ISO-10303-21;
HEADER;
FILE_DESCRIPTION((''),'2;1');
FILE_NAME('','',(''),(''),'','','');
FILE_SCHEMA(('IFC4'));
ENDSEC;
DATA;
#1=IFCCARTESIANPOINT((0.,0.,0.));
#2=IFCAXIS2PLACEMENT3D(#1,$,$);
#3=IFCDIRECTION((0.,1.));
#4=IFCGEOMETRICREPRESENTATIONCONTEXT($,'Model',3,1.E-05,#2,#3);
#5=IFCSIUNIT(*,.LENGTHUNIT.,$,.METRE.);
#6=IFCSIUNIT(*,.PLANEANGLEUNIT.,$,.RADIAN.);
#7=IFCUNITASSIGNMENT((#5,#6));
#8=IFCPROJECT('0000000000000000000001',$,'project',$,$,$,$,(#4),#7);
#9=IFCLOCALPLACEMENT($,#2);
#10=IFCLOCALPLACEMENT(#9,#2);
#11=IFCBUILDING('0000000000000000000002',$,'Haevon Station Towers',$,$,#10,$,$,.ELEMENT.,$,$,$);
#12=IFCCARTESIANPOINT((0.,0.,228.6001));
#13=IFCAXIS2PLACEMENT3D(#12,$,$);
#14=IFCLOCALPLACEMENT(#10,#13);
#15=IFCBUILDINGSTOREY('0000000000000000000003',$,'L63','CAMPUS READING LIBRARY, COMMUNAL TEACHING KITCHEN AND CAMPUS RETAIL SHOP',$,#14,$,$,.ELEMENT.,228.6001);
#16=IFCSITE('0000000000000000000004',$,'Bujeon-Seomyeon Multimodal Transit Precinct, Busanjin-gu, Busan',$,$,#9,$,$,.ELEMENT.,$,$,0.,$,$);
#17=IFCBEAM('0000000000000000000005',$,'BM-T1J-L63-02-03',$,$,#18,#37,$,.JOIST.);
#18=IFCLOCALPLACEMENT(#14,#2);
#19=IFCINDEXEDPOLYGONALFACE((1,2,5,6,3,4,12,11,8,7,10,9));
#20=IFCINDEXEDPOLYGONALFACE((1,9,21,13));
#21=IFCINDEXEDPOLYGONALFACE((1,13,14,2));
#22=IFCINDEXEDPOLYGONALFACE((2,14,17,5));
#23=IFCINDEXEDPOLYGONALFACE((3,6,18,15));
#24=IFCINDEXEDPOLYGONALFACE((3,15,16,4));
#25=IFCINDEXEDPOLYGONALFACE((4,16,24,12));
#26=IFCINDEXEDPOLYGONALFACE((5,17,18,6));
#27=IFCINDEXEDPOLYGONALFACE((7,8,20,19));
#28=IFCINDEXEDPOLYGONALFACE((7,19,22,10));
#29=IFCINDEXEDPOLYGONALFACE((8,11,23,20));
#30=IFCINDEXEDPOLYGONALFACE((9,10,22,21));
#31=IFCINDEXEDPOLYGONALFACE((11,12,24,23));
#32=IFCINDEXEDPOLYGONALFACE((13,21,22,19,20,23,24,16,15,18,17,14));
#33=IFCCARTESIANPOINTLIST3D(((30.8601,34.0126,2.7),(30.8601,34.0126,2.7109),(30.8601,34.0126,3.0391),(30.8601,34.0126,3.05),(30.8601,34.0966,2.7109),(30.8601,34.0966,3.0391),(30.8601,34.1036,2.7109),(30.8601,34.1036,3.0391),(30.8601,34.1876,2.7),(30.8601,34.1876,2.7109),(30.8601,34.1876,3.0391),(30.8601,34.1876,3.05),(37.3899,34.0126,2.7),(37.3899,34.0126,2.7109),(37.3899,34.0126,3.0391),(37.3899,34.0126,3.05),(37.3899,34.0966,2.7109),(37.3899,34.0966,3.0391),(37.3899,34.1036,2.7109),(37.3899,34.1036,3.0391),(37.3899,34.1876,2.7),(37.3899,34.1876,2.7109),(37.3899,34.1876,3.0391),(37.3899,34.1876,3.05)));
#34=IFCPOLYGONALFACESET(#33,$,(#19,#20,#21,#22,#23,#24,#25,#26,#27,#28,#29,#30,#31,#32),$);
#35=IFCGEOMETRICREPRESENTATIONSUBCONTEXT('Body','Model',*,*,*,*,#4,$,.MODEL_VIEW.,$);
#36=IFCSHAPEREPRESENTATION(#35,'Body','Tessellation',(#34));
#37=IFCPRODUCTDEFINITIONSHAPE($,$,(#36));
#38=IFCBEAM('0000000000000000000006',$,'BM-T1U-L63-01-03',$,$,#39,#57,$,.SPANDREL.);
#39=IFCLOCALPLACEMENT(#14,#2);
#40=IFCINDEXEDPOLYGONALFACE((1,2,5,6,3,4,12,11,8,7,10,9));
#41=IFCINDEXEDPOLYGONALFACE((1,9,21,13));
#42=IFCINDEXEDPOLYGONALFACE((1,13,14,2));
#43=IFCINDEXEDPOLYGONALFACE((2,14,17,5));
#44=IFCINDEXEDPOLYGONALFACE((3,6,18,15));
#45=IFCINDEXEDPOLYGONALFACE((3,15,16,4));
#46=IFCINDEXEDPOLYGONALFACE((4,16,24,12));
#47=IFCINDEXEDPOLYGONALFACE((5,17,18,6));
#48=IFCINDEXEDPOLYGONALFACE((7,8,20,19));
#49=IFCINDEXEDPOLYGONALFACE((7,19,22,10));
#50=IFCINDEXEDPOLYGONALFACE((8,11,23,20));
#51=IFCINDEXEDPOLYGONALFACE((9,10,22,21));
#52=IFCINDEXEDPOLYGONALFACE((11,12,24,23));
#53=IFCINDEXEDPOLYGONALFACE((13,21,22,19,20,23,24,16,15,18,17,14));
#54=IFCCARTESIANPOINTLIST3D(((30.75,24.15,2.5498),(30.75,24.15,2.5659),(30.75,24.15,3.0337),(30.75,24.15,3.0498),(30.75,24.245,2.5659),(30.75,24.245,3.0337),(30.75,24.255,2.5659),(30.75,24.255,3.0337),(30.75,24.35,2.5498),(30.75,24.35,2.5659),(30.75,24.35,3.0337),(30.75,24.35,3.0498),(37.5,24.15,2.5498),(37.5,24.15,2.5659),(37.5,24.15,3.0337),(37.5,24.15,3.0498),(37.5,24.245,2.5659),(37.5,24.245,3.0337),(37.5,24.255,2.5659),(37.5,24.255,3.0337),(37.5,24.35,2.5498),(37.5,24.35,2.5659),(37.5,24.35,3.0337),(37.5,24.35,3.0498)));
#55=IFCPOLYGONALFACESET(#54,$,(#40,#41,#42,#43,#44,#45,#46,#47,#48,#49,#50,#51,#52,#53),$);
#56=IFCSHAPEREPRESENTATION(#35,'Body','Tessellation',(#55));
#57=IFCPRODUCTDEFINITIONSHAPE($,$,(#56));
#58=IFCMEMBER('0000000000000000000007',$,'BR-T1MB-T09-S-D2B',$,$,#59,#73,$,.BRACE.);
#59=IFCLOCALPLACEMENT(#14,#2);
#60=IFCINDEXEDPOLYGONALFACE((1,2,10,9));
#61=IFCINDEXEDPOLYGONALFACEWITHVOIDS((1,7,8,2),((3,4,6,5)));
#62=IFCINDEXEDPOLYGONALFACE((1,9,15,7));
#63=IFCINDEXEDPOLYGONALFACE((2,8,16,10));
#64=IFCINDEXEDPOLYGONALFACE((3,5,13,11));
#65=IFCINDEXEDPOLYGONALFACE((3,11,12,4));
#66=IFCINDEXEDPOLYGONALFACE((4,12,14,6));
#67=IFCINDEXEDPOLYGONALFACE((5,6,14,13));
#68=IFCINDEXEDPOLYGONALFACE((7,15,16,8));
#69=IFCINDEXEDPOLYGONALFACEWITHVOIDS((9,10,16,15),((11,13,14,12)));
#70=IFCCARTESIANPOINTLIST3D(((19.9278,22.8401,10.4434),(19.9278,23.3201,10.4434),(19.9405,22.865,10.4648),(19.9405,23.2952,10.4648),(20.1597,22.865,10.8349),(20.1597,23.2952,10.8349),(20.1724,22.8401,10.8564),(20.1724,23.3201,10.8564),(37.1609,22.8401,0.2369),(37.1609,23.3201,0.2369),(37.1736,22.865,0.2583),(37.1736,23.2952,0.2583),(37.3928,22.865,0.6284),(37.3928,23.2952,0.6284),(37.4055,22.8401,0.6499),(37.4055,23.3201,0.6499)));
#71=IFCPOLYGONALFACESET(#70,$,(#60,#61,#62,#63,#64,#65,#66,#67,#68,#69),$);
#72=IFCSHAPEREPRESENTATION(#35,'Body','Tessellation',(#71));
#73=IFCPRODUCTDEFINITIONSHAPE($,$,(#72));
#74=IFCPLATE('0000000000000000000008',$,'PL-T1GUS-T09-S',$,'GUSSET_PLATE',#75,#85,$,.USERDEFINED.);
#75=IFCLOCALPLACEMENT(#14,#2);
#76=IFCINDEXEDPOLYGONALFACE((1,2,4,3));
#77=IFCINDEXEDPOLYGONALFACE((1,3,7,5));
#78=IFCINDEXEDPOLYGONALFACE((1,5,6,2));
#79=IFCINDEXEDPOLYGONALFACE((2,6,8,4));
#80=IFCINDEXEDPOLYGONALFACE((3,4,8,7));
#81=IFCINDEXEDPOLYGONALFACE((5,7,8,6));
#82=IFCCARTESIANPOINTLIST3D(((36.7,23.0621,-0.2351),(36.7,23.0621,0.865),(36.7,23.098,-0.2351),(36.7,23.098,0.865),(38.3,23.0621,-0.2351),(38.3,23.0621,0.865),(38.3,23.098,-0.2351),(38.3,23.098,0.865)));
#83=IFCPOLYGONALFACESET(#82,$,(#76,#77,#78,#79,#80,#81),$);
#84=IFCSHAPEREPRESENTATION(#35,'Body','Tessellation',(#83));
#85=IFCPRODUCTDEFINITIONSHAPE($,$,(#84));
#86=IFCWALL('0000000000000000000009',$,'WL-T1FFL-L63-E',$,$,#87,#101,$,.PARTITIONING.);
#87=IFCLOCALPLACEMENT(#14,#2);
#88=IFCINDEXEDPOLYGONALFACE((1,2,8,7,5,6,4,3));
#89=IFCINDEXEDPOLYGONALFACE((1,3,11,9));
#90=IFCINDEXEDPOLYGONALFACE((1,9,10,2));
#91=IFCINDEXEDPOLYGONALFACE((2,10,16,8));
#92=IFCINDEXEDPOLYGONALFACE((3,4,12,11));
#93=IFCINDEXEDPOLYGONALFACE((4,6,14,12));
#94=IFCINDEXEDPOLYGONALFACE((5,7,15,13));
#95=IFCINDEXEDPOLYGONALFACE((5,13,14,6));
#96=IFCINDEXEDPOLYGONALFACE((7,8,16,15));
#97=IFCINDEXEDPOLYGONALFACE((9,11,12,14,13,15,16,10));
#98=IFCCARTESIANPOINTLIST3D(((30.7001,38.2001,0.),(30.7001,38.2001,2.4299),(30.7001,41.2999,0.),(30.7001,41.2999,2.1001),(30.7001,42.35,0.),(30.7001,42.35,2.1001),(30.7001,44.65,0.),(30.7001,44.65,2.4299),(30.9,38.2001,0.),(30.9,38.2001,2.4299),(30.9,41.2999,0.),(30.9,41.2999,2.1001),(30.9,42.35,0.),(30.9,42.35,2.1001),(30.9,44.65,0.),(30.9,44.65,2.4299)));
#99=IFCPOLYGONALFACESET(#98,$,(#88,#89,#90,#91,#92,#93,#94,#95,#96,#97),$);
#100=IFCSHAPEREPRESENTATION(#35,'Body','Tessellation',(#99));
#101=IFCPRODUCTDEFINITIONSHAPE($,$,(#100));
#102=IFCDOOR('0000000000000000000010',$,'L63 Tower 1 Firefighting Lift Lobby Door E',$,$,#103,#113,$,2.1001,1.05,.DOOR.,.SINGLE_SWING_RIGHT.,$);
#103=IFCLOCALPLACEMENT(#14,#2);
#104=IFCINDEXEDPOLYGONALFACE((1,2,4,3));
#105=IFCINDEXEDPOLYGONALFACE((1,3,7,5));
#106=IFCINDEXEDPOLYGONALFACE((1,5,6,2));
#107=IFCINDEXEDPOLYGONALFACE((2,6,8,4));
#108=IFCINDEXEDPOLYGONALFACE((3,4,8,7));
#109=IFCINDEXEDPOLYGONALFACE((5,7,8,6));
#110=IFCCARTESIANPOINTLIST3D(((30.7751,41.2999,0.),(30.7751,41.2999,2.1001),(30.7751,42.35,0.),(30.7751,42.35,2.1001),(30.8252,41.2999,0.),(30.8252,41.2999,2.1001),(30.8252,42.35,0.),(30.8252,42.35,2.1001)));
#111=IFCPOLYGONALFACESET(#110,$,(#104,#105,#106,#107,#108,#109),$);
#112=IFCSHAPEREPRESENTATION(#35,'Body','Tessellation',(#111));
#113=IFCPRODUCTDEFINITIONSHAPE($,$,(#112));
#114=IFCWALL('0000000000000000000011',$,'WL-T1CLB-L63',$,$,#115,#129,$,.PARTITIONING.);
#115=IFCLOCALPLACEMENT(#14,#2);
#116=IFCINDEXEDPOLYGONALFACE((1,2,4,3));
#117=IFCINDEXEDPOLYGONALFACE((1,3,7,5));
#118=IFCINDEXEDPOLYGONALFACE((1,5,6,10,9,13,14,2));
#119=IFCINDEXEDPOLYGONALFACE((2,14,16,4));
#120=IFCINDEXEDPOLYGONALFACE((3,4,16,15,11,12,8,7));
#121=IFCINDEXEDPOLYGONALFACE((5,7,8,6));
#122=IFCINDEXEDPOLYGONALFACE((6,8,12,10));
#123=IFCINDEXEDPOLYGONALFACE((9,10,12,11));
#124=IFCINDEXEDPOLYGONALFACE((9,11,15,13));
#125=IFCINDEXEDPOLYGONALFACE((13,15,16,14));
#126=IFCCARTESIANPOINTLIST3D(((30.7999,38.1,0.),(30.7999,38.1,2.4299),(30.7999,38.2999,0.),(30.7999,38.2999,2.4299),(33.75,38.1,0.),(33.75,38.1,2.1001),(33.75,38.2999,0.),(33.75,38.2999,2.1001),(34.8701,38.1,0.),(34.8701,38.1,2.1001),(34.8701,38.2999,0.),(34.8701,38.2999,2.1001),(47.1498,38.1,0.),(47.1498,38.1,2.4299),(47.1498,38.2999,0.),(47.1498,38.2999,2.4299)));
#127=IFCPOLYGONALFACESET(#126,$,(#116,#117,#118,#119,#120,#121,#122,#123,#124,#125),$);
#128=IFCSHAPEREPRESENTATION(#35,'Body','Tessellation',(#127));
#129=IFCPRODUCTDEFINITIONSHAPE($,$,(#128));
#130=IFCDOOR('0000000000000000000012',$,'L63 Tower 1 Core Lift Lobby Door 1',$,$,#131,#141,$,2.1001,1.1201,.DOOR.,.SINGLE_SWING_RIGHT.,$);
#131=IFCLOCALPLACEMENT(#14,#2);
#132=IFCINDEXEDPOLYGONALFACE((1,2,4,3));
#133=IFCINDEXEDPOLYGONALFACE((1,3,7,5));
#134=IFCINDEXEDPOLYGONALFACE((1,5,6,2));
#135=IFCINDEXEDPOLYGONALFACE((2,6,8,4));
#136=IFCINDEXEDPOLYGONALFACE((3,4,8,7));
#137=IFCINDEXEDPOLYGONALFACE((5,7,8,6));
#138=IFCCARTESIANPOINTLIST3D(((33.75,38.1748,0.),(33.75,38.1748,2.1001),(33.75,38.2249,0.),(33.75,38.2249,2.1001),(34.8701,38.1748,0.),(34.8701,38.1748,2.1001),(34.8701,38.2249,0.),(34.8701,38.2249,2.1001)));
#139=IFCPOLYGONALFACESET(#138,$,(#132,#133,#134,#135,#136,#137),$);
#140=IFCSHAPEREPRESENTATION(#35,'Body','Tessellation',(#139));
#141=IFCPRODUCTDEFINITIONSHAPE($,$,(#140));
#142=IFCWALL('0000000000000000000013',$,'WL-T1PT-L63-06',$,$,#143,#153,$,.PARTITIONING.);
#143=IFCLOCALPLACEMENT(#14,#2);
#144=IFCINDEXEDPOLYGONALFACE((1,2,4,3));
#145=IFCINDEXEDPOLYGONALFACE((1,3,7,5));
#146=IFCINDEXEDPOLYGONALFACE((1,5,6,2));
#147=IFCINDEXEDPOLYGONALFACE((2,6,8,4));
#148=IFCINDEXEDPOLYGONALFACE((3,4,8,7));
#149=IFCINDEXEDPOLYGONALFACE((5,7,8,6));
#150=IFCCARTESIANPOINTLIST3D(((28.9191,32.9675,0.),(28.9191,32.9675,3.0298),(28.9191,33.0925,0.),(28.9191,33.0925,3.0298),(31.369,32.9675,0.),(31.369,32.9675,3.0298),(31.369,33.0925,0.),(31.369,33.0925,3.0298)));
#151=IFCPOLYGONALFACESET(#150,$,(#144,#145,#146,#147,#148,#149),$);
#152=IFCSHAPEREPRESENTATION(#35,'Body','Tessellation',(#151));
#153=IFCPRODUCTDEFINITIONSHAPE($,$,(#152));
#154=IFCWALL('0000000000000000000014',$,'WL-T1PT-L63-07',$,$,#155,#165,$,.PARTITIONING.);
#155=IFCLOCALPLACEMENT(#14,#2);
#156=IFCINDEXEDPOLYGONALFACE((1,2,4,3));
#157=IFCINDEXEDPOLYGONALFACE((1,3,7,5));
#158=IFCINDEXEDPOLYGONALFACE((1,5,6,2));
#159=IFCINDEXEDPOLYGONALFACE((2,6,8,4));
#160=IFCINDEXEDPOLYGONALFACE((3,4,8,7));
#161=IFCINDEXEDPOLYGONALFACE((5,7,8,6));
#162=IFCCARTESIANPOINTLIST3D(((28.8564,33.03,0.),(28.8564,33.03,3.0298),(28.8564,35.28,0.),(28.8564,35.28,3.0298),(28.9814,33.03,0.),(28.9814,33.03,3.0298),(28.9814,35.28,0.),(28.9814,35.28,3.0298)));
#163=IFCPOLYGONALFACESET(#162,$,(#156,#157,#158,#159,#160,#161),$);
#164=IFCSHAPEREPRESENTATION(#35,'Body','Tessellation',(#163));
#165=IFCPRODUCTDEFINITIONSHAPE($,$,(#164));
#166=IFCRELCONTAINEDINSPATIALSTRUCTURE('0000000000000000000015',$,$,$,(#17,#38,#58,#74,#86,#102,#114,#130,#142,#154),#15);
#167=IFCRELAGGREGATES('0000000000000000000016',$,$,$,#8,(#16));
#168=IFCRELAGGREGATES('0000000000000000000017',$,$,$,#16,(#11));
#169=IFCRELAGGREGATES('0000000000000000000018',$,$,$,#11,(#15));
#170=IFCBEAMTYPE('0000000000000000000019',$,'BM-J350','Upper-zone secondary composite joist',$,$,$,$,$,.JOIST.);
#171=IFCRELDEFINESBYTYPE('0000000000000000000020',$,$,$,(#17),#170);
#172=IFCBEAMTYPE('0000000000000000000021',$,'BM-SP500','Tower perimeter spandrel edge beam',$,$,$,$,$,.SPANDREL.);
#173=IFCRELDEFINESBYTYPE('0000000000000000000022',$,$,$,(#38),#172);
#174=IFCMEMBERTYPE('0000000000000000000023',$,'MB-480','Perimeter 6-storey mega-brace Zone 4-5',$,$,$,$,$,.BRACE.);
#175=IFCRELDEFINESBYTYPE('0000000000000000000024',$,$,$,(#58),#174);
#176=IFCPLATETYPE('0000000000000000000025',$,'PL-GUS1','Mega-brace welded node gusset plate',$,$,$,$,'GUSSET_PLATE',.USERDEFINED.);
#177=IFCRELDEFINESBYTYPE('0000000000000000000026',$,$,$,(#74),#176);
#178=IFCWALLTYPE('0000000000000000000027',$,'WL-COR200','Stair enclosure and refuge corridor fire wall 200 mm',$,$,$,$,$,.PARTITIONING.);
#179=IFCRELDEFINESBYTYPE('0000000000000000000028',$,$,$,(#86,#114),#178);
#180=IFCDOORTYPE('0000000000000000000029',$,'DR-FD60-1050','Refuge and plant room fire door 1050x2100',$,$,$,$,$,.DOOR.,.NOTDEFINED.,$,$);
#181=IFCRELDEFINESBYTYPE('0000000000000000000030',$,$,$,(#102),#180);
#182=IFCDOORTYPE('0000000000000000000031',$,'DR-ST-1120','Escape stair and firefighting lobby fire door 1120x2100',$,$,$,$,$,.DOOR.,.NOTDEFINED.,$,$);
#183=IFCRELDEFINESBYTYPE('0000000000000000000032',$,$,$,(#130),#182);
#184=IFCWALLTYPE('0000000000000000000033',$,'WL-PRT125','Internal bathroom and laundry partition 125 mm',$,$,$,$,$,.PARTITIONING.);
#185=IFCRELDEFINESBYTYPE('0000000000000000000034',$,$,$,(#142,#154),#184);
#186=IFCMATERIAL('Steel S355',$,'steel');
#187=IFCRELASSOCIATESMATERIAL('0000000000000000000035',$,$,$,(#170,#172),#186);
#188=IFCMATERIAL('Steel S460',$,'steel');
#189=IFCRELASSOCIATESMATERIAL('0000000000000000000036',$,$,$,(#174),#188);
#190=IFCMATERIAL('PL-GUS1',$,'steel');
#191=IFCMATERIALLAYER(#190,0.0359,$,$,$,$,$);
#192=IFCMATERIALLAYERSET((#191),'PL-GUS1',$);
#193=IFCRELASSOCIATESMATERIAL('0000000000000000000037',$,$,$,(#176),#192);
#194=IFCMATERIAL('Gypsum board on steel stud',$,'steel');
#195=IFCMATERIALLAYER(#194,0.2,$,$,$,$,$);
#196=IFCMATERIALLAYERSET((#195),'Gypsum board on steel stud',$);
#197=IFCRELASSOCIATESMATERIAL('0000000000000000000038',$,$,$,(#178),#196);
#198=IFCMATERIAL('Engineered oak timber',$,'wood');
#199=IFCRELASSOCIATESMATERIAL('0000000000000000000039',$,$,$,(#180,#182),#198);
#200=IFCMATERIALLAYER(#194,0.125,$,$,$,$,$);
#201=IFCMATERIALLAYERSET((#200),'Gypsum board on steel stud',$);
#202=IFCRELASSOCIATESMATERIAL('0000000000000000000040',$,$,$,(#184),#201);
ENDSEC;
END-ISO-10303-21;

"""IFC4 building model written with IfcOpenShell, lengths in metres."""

from ifc_helpers import new_model, si_unit, direction, frame, frame_2d, origin, origin_2d, place, context, subcontext, project, spatial, rectangle, hollow_rectangle, i_section, extrude, material, layer, layer_set, material_profile, profile_set, type_object, element, fill, save


model = new_model("IFC4")

# Units and contexts
model_context = context("Model", 3, precision=1e-05, world=origin(), true_north=direction((0.0, 1.0)))
body_context = subcontext(model_context, "Body", "Model", "MODEL_VIEW")
ifc_project = project(units=[si_unit("LENGTHUNIT", "METRE"), si_unit("PLANEANGLEUNIT", "RADIAN")], contexts=[model_context])

# Site, building, storey
site_placement = place(None, origin())
site = spatial("IfcSite", under=ifc_project, at=site_placement, Name="Bujeon-Seomyeon Multimodal Transit Precinct, Busanjin-gu, Busan", CompositionType="ELEMENT", RefElevation=0.0)
building_placement = place(site_placement, origin())
building = spatial("IfcBuilding", under=site, at=building_placement, Name="Haevon Station Towers", CompositionType="ELEMENT")
storey_placement = place(building_placement, frame((0.0, 0.0, 228.6001)))
storey = spatial("IfcBuildingStorey", under=building, at=storey_placement, Name="L63", Description="CAMPUS READING LIBRARY, COMMUNAL TEACHING KITCHEN AND CAMPUS RETAIL SHOP", CompositionType="ELEMENT", Elevation=228.6001)

# Shared definitions
ifc_material_1 = material(Name="Steel S355", Category="steel")

# Beams
ifc_material_profile_1 = material_profile(ifc_material_1, i_section(OverallWidth=0.175, OverallDepth=0.3501, WebThickness=0.0071, FlangeThickness=0.011, at=origin_2d()), Name="H-350x175x7x11")
ifc_profile_set_1 = profile_set([ifc_material_profile_1], Name="Steel S355")
beam_type_1 = type_object("IfcBeamType", Name="BM-J350", Description="Upper-zone secondary composite joist", PredefinedType="JOIST", material=ifc_profile_set_1)
for number, where, z_axis, x_axis, name in (
    (1, (30.8601, 34.1001, 2.875), (1.0, 0.0, 0.0), (0.0, 1.0, 0.0), "BM-T1J-L63-02-03"),
):
    element("IfcBeam", number, at=place(storey_placement, frame(where, z_axis=z_axis, x_axis=x_axis)), inside=storey, type_object=beam_type_1, Name=name, PredefinedType="JOIST", context=body_context, shape_type="SweptSolid", body=[
        extrude(i_section(OverallWidth=0.175, OverallDepth=0.3501, WebThickness=0.0071, FlangeThickness=0.011, at=origin_2d()), origin(), (0.0, 0.0, 1.0), 6.5298),
    ])
ifc_material_profile_2 = material_profile(ifc_material_1, i_section(OverallWidth=0.2, OverallDepth=0.5, WebThickness=0.01, FlangeThickness=0.0161, at=origin_2d()), Name="H-500x200x10x16")
ifc_profile_set_2 = profile_set([ifc_material_profile_2], Name="Steel S355")
beam_type_2 = type_object("IfcBeamType", Name="BM-SP500", Description="Tower perimeter spandrel edge beam", PredefinedType="SPANDREL", material=ifc_profile_set_2)
beam_1_placement = place(storey_placement, frame((30.75, 24.25, 2.7998), z_axis=(1.0, 0.0, 0.0), x_axis=(0.0, 1.0, 0.0)))
element("IfcBeam", 2, at=beam_1_placement, inside=storey, type_object=beam_type_2, Name="BM-T1U-L63-01-03", PredefinedType="SPANDREL", context=body_context, shape_type="SweptSolid", body=[
    extrude(i_section(OverallWidth=0.2, OverallDepth=0.5, WebThickness=0.01, FlangeThickness=0.0161, at=origin_2d()), origin(), (0.0, 0.0, 1.0), 6.75),
])

# Member
ifc_material_2 = material(Name="Steel S460", Category="steel")
ifc_material_profile_3 = material_profile(ifc_material_2, hollow_rectangle(XDim=0.48, YDim=0.48, WallThickness=0.0249, at=origin_2d()), Name="RHS-480x480x25")
ifc_profile_set_3 = profile_set([ifc_material_profile_3], Name="Steel S460")
member_type = type_object("IfcMemberType", Name="MB-480", Description="Perimeter 6-storey mega-brace Zone 4-5", PredefinedType="BRACE", material=ifc_profile_set_3)
member_placement = place(storey_placement, frame((37.2832, 23.0801, 0.4434), z_axis=(-0.860416, 0.0, 0.509592), x_axis=(0.0, -1.0, 0.0)))
element("IfcMember", 3, at=member_placement, inside=storey, type_object=member_type, Name="BR-T1MB-T09-S-D2B", PredefinedType="BRACE", context=body_context, shape_type="SweptSolid", body=[
    extrude(hollow_rectangle(XDim=0.48, YDim=0.48, WallThickness=0.0249, at=origin_2d()), origin(), (0.0, 0.0, 1.0), 20.0288),
])

# Plate
ifc_material_3 = material(Name="PL-GUS1", Category="steel")
ifc_layer_1 = layer(ifc_material_3, 0.0359)
ifc_layer_set_1 = layer_set([ifc_layer_1], Name="PL-GUS1")
plate_type = type_object("IfcPlateType", Name="PL-GUS1", Description="Mega-brace welded node gusset plate", ElementType="GUSSET_PLATE", PredefinedType="USERDEFINED", material=ifc_layer_set_1)
plate_placement = place(storey_placement, frame((37.5, 23.0801, -0.2351), z_axis=(0.0, 0.0, 1.0), x_axis=(1.0, 0.0, 0.0)))
element("IfcPlate", 4, at=plate_placement, inside=storey, type_object=plate_type, Name="PL-T1GUS-T09-S", ObjectType="GUSSET_PLATE", PredefinedType="USERDEFINED", context=body_context, shape_type="SweptSolid", body=[
    extrude(rectangle(XDim=1.6001, YDim=0.0359, at=origin_2d()), origin(), (0.0, 0.0, 1.0), 1.1001),
])

# Walls, openings, doors
ifc_material_4 = material(Name="Gypsum board on steel stud", Category="steel")
ifc_layer_2 = layer(ifc_material_4, 0.2)
ifc_layer_set_2 = layer_set([ifc_layer_2], Name="Gypsum board on steel stud")
wall_type_1 = type_object("IfcWallType", Name="WL-COR200", Description="Stair enclosure and refuge corridor fire wall 200 mm", PredefinedType="PARTITIONING", material=ifc_layer_set_2)
wall_1_placement = place(storey_placement, frame((30.8, 38.2, 0.0), z_axis=(0.0, 0.0, 1.0), x_axis=(0.0, 1.0, 0.0)))
wall_1 = element("IfcWall", 5, at=wall_1_placement, inside=storey, type_object=wall_type_1, Name="WL-T1FFL-L63-E", PredefinedType="PARTITIONING", context=body_context, shape_type="SweptSolid", body=[
    extrude(rectangle(XDim=6.45, YDim=0.2, at=frame_2d((3.2251, 0.0))), origin(), (0.0, 0.0, 1.0), 2.4299),
])
opening_1_placement = place(wall_1_placement, frame((3.1001, 0.0, 0.0)))
opening_1 = element("IfcOpeningElement", 6, at=opening_1_placement, cuts=wall_1, PredefinedType="OPENING", context=body_context, shape_type="SweptSolid", body=[
    extrude(rectangle(XDim=1.05, YDim=2.1001, at=frame_2d((0.5249, 1.05))), frame((0.0, 0.1099, 0.0), z_axis=(0.0, -1.0, 0.0), x_axis=(1.0, 0.0, 0.0)), (0.0, 0.0, 1.0), 0.22),
])
ifc_material_5 = material(Name="Engineered oak timber", Category="wood")
door_type_1 = type_object("IfcDoorType", Name="DR-FD60-1050", Description="Refuge and plant room fire door 1050x2100", OperationType="NOTDEFINED", PredefinedType="DOOR", material=ifc_material_5)
door_1_placement = place(opening_1_placement, origin())
door_1 = element("IfcDoor", 7, at=door_1_placement, inside=storey, type_object=door_type_1, Name="L63 Tower 1 Firefighting Lift Lobby Door E", OperationType="SINGLE_SWING_RIGHT", OverallHeight=2.1001, OverallWidth=1.05, PredefinedType="DOOR", context=body_context, shape_type="SweptSolid", body=[
    extrude(rectangle(XDim=1.05, YDim=2.1001, at=frame_2d((0.5249, 1.05))), frame((0.0, 0.0249, 0.0), z_axis=(0.0, -1.0, 0.0), x_axis=(1.0, 0.0, 0.0)), (0.0, 0.0, 1.0), 0.05),
])
fill(opening_1, door_1)
wall_2_placement = place(storey_placement, frame((30.8, 38.2, 0.0), z_axis=(0.0, 0.0, 1.0), x_axis=(1.0, 0.0, 0.0)))
wall_2 = element("IfcWall", 8, at=wall_2_placement, inside=storey, type_object=wall_type_1, Name="WL-T1CLB-L63", PredefinedType="PARTITIONING", context=body_context, shape_type="SweptSolid", body=[
    extrude(rectangle(XDim=16.3499, YDim=0.2, at=frame_2d((8.1748, 0.0))), origin(), (0.0, 0.0, 1.0), 2.4299),
])
opening_2_placement = place(wall_2_placement, frame((2.95, 0.0, 0.0)))
opening_2 = element("IfcOpeningElement", 9, at=opening_2_placement, cuts=wall_2, PredefinedType="OPENING", context=body_context, shape_type="SweptSolid", body=[
    extrude(rectangle(XDim=1.1201, YDim=2.1001, at=frame_2d((0.5601, 1.05))), frame((0.0, 0.1099, 0.0), z_axis=(0.0, -1.0, 0.0), x_axis=(1.0, 0.0, 0.0)), (0.0, 0.0, 1.0), 0.22),
])
door_type_2 = type_object("IfcDoorType", Name="DR-ST-1120", Description="Escape stair and firefighting lobby fire door 1120x2100", OperationType="NOTDEFINED", PredefinedType="DOOR", material=ifc_material_5)
door_2_placement = place(opening_2_placement, origin())
door_2 = element("IfcDoor", 10, at=door_2_placement, inside=storey, type_object=door_type_2, Name="L63 Tower 1 Core Lift Lobby Door 1", OperationType="SINGLE_SWING_RIGHT", OverallHeight=2.1001, OverallWidth=1.1201, PredefinedType="DOOR", context=body_context, shape_type="SweptSolid", body=[
    extrude(rectangle(XDim=1.1201, YDim=2.1001, at=frame_2d((0.5601, 1.05))), frame((0.0, 0.0249, 0.0), z_axis=(0.0, -1.0, 0.0), x_axis=(1.0, 0.0, 0.0)), (0.0, 0.0, 1.0), 0.05),
])
fill(opening_2, door_2)

# Walls
ifc_layer_3 = layer(ifc_material_4, 0.125)
ifc_layer_set_3 = layer_set([ifc_layer_3], Name="Gypsum board on steel stud")
wall_type_2 = type_object("IfcWallType", Name="WL-PRT125", Description="Internal bathroom and laundry partition 125 mm", PredefinedType="PARTITIONING", material=ifc_layer_set_3)
wall_3_placement = place(storey_placement, frame((28.9189, 33.03, 0.0), z_axis=(0.0, 0.0, 1.0), x_axis=(1.0, 0.0, 0.0)))
element("IfcWall", 11, at=wall_3_placement, inside=storey, type_object=wall_type_2, Name="WL-T1PT-L63-06", PredefinedType="PARTITIONING", context=body_context, shape_type="SweptSolid", body=[
    extrude(rectangle(XDim=2.45, YDim=0.125, at=frame_2d((1.2251, 0.0))), origin(), (0.0, 0.0, 1.0), 3.0298),
])
wall_4_placement = place(storey_placement, frame((28.9189, 33.03, 0.0), z_axis=(0.0, 0.0, 1.0), x_axis=(0.0, 1.0, 0.0)))
element("IfcWall", 12, at=wall_4_placement, inside=storey, type_object=wall_type_2, Name="WL-T1PT-L63-07", PredefinedType="PARTITIONING", context=body_context, shape_type="SweptSolid", body=[
    extrude(rectangle(XDim=2.25, YDim=0.125, at=frame_2d((1.125, 0.0))), origin(), (0.0, 0.0, 1.0), 3.0298),
])

save(model, "model.ifc")
